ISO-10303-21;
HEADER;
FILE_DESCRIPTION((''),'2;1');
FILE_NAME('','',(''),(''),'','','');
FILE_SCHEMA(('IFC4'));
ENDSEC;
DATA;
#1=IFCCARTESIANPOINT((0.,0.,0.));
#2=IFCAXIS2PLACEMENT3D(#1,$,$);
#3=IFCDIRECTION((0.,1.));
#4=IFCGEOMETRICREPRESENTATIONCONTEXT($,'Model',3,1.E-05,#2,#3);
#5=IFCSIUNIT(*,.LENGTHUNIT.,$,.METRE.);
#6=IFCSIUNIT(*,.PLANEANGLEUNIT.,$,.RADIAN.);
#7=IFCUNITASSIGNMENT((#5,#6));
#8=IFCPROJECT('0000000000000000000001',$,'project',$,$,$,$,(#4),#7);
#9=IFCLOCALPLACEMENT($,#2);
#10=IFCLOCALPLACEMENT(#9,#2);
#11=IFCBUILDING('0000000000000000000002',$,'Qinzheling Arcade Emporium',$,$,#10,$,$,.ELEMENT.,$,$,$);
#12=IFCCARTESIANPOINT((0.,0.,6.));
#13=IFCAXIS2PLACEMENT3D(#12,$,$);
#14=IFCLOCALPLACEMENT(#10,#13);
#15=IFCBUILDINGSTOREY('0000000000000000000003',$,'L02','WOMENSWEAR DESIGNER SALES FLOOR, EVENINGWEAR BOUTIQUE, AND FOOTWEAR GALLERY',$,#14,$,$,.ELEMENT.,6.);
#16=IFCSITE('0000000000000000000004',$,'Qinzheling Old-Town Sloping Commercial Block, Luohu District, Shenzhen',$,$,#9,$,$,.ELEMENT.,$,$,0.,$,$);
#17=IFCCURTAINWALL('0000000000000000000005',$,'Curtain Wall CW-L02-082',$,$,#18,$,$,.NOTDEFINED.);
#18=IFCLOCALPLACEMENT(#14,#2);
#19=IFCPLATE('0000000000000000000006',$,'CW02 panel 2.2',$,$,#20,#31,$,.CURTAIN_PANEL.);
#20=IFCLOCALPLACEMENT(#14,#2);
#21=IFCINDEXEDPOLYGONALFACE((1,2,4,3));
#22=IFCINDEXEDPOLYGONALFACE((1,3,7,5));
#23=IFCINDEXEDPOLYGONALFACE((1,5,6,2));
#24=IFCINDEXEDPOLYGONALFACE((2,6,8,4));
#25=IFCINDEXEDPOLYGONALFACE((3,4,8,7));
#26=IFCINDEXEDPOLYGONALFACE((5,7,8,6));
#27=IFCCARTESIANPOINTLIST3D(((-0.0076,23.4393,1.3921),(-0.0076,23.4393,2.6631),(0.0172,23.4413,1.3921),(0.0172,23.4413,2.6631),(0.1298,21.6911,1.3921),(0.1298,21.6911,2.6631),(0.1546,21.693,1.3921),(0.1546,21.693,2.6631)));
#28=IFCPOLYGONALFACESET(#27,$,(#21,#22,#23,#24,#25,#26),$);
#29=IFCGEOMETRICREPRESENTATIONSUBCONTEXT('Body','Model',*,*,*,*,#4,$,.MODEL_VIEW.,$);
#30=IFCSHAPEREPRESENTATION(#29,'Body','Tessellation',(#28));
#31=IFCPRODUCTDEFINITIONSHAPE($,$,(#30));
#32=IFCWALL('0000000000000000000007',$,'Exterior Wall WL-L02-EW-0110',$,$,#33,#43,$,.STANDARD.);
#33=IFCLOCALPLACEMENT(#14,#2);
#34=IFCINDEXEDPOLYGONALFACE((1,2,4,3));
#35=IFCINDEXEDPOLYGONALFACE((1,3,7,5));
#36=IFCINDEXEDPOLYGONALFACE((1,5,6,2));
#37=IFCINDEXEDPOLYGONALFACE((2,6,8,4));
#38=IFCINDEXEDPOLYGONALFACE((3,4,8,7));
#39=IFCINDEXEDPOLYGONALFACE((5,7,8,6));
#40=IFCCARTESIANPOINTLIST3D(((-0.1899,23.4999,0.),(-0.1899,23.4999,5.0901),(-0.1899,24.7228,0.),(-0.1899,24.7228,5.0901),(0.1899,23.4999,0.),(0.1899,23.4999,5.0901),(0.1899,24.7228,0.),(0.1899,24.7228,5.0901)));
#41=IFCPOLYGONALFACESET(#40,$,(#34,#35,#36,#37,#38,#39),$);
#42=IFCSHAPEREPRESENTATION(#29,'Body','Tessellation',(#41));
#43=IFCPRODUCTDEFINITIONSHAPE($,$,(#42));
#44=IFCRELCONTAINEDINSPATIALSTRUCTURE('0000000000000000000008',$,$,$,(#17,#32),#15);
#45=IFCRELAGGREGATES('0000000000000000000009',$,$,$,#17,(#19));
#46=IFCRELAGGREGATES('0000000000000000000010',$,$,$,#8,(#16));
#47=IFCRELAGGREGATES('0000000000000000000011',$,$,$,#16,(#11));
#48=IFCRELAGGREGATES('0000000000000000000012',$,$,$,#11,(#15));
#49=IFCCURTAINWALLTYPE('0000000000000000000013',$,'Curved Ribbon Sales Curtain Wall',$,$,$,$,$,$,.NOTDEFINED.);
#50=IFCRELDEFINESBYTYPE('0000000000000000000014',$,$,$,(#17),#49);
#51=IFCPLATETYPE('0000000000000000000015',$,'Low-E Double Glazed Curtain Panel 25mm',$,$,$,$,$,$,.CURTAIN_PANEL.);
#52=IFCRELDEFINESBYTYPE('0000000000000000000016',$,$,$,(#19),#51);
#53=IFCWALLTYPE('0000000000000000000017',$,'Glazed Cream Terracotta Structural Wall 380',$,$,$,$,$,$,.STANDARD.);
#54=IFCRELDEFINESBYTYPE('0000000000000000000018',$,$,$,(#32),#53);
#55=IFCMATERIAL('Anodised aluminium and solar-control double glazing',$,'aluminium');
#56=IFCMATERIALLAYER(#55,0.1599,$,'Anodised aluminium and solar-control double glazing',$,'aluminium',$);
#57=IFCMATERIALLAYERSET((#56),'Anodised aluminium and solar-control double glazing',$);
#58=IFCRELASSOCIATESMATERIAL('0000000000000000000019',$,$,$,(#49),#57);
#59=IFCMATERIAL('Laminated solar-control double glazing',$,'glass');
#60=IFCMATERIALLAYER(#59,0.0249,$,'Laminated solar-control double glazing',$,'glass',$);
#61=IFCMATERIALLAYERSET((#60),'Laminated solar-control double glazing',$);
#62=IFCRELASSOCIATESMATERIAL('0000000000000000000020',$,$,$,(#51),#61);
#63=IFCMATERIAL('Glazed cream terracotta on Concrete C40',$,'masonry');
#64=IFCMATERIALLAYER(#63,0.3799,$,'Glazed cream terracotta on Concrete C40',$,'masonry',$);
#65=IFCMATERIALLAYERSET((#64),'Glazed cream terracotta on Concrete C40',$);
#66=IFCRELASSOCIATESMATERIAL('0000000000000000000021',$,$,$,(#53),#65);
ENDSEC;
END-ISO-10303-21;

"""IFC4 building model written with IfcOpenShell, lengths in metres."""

from ifc_helpers import new_model, si_unit, direction, frame, frame_2d, origin, origin_2d, place, context, subcontext, project, spatial, rectangle, extrude, material, layer, layer_set, type_object, element, aggregate, save


model = new_model("IFC4")

# Units and contexts
model_context = context("Model", 3, precision=1e-05, world=origin(), true_north=direction((0.0, 1.0)))
body_context = subcontext(model_context, "Body", "Model", "MODEL_VIEW")
ifc_project = project(units=[si_unit("LENGTHUNIT", "METRE"), si_unit("PLANEANGLEUNIT", "RADIAN")], contexts=[model_context])

# Site, building, storey
site_placement = place(None, origin())
site = spatial("IfcSite", under=ifc_project, at=site_placement, Name="Qinzheling Old-Town Sloping Commercial Block, Luohu District, Shenzhen", CompositionType="ELEMENT", RefElevation=0.0)
building_placement = place(site_placement, origin())
building = spatial("IfcBuilding", under=site, at=building_placement, Name="Qinzheling Arcade Emporium", CompositionType="ELEMENT")
storey_placement = place(building_placement, frame((0.0, 0.0, 6.0)))
storey = spatial("IfcBuildingStorey", under=building, at=storey_placement, Name="L02", Description="WOMENSWEAR DESIGNER SALES FLOOR, EVENINGWEAR BOUTIQUE, AND FOOTWEAR GALLERY", CompositionType="ELEMENT", Elevation=6.0)

# Curtain wall
ifc_material_1 = material(Name="Anodised aluminium and solar-control double glazing", Category="aluminium")
ifc_layer_1 = layer(ifc_material_1, 0.1599, Name="Anodised aluminium and solar-control double glazing", Category="aluminium")
ifc_layer_set_1 = layer_set([ifc_layer_1], Name="Anodised aluminium and solar-control double glazing")
curtain_wall_type_1 = type_object("IfcCurtainWallType", Name="Curved Ribbon Sales Curtain Wall", PredefinedType="NOTDEFINED", material=ifc_layer_set_1)
curtain_wall_1_placement = place(storey_placement, origin())
curtain_wall_1 = element("IfcCurtainWall", 1, at=curtain_wall_1_placement, inside=storey, type_object=curtain_wall_type_1, Name="Curtain Wall CW-L02-082", PredefinedType="NOTDEFINED")

# Plate
ifc_material_2 = material(Name="Laminated solar-control double glazing", Category="glass")
ifc_layer_2 = layer(ifc_material_2, 0.0249, Name="Laminated solar-control double glazing", Category="glass")
ifc_layer_set_2 = layer_set([ifc_layer_2], Name="Laminated solar-control double glazing")
plate_type = type_object("IfcPlateType", Name="Low-E Double Glazed Curtain Panel 25mm", PredefinedType="CURTAIN_PANEL", material=ifc_layer_set_2)
plate_1_placement = place(storey_placement, frame((0.0735, 22.5662, 1.3921), z_axis=(0.0, 0.0, 1.0), x_axis=(-0.078376, 0.996924, 0.0)))
plate_1 = element("IfcPlate", 2, at=plate_1_placement, type_object=plate_type, Name="CW02 panel 2.2", PredefinedType="CURTAIN_PANEL", context=body_context, shape_type="SweptSolid", body=[
    extrude(rectangle(XDim=1.7537, YDim=0.0249, at=origin_2d()), origin(), (0.0, 0.0, 1.0), 1.271),
])
aggregate(curtain_wall_1, [plate_1])

# Wall
ifc_material_3 = material(Name="Glazed cream terracotta on Concrete C40", Category="masonry")
ifc_layer_3 = layer(ifc_material_3, 0.3799, Name="Glazed cream terracotta on Concrete C40", Category="masonry")
ifc_layer_set_3 = layer_set([ifc_layer_3], Name="Glazed cream terracotta on Concrete C40")
wall_type = type_object("IfcWallType", Name="Glazed Cream Terracotta Structural Wall 380", PredefinedType="STANDARD", material=ifc_layer_set_3)
wall_placement = place(storey_placement, frame((0.0, 23.5, 0.0), z_axis=(0.0, 0.0, 1.0), x_axis=(0.0, 1.0, 0.0)))
element("IfcWall", 3, at=wall_placement, inside=storey, type_object=wall_type, Name="Exterior Wall WL-L02-EW-0110", PredefinedType="STANDARD", context=body_context, shape_type="SweptSolid", body=[
    extrude(rectangle(XDim=1.2229, YDim=0.3799, at=frame_2d((0.6113, 0.0))), origin(), (0.0, 0.0, 1.0), 5.0901),
])

save(model, "model.ifc")
